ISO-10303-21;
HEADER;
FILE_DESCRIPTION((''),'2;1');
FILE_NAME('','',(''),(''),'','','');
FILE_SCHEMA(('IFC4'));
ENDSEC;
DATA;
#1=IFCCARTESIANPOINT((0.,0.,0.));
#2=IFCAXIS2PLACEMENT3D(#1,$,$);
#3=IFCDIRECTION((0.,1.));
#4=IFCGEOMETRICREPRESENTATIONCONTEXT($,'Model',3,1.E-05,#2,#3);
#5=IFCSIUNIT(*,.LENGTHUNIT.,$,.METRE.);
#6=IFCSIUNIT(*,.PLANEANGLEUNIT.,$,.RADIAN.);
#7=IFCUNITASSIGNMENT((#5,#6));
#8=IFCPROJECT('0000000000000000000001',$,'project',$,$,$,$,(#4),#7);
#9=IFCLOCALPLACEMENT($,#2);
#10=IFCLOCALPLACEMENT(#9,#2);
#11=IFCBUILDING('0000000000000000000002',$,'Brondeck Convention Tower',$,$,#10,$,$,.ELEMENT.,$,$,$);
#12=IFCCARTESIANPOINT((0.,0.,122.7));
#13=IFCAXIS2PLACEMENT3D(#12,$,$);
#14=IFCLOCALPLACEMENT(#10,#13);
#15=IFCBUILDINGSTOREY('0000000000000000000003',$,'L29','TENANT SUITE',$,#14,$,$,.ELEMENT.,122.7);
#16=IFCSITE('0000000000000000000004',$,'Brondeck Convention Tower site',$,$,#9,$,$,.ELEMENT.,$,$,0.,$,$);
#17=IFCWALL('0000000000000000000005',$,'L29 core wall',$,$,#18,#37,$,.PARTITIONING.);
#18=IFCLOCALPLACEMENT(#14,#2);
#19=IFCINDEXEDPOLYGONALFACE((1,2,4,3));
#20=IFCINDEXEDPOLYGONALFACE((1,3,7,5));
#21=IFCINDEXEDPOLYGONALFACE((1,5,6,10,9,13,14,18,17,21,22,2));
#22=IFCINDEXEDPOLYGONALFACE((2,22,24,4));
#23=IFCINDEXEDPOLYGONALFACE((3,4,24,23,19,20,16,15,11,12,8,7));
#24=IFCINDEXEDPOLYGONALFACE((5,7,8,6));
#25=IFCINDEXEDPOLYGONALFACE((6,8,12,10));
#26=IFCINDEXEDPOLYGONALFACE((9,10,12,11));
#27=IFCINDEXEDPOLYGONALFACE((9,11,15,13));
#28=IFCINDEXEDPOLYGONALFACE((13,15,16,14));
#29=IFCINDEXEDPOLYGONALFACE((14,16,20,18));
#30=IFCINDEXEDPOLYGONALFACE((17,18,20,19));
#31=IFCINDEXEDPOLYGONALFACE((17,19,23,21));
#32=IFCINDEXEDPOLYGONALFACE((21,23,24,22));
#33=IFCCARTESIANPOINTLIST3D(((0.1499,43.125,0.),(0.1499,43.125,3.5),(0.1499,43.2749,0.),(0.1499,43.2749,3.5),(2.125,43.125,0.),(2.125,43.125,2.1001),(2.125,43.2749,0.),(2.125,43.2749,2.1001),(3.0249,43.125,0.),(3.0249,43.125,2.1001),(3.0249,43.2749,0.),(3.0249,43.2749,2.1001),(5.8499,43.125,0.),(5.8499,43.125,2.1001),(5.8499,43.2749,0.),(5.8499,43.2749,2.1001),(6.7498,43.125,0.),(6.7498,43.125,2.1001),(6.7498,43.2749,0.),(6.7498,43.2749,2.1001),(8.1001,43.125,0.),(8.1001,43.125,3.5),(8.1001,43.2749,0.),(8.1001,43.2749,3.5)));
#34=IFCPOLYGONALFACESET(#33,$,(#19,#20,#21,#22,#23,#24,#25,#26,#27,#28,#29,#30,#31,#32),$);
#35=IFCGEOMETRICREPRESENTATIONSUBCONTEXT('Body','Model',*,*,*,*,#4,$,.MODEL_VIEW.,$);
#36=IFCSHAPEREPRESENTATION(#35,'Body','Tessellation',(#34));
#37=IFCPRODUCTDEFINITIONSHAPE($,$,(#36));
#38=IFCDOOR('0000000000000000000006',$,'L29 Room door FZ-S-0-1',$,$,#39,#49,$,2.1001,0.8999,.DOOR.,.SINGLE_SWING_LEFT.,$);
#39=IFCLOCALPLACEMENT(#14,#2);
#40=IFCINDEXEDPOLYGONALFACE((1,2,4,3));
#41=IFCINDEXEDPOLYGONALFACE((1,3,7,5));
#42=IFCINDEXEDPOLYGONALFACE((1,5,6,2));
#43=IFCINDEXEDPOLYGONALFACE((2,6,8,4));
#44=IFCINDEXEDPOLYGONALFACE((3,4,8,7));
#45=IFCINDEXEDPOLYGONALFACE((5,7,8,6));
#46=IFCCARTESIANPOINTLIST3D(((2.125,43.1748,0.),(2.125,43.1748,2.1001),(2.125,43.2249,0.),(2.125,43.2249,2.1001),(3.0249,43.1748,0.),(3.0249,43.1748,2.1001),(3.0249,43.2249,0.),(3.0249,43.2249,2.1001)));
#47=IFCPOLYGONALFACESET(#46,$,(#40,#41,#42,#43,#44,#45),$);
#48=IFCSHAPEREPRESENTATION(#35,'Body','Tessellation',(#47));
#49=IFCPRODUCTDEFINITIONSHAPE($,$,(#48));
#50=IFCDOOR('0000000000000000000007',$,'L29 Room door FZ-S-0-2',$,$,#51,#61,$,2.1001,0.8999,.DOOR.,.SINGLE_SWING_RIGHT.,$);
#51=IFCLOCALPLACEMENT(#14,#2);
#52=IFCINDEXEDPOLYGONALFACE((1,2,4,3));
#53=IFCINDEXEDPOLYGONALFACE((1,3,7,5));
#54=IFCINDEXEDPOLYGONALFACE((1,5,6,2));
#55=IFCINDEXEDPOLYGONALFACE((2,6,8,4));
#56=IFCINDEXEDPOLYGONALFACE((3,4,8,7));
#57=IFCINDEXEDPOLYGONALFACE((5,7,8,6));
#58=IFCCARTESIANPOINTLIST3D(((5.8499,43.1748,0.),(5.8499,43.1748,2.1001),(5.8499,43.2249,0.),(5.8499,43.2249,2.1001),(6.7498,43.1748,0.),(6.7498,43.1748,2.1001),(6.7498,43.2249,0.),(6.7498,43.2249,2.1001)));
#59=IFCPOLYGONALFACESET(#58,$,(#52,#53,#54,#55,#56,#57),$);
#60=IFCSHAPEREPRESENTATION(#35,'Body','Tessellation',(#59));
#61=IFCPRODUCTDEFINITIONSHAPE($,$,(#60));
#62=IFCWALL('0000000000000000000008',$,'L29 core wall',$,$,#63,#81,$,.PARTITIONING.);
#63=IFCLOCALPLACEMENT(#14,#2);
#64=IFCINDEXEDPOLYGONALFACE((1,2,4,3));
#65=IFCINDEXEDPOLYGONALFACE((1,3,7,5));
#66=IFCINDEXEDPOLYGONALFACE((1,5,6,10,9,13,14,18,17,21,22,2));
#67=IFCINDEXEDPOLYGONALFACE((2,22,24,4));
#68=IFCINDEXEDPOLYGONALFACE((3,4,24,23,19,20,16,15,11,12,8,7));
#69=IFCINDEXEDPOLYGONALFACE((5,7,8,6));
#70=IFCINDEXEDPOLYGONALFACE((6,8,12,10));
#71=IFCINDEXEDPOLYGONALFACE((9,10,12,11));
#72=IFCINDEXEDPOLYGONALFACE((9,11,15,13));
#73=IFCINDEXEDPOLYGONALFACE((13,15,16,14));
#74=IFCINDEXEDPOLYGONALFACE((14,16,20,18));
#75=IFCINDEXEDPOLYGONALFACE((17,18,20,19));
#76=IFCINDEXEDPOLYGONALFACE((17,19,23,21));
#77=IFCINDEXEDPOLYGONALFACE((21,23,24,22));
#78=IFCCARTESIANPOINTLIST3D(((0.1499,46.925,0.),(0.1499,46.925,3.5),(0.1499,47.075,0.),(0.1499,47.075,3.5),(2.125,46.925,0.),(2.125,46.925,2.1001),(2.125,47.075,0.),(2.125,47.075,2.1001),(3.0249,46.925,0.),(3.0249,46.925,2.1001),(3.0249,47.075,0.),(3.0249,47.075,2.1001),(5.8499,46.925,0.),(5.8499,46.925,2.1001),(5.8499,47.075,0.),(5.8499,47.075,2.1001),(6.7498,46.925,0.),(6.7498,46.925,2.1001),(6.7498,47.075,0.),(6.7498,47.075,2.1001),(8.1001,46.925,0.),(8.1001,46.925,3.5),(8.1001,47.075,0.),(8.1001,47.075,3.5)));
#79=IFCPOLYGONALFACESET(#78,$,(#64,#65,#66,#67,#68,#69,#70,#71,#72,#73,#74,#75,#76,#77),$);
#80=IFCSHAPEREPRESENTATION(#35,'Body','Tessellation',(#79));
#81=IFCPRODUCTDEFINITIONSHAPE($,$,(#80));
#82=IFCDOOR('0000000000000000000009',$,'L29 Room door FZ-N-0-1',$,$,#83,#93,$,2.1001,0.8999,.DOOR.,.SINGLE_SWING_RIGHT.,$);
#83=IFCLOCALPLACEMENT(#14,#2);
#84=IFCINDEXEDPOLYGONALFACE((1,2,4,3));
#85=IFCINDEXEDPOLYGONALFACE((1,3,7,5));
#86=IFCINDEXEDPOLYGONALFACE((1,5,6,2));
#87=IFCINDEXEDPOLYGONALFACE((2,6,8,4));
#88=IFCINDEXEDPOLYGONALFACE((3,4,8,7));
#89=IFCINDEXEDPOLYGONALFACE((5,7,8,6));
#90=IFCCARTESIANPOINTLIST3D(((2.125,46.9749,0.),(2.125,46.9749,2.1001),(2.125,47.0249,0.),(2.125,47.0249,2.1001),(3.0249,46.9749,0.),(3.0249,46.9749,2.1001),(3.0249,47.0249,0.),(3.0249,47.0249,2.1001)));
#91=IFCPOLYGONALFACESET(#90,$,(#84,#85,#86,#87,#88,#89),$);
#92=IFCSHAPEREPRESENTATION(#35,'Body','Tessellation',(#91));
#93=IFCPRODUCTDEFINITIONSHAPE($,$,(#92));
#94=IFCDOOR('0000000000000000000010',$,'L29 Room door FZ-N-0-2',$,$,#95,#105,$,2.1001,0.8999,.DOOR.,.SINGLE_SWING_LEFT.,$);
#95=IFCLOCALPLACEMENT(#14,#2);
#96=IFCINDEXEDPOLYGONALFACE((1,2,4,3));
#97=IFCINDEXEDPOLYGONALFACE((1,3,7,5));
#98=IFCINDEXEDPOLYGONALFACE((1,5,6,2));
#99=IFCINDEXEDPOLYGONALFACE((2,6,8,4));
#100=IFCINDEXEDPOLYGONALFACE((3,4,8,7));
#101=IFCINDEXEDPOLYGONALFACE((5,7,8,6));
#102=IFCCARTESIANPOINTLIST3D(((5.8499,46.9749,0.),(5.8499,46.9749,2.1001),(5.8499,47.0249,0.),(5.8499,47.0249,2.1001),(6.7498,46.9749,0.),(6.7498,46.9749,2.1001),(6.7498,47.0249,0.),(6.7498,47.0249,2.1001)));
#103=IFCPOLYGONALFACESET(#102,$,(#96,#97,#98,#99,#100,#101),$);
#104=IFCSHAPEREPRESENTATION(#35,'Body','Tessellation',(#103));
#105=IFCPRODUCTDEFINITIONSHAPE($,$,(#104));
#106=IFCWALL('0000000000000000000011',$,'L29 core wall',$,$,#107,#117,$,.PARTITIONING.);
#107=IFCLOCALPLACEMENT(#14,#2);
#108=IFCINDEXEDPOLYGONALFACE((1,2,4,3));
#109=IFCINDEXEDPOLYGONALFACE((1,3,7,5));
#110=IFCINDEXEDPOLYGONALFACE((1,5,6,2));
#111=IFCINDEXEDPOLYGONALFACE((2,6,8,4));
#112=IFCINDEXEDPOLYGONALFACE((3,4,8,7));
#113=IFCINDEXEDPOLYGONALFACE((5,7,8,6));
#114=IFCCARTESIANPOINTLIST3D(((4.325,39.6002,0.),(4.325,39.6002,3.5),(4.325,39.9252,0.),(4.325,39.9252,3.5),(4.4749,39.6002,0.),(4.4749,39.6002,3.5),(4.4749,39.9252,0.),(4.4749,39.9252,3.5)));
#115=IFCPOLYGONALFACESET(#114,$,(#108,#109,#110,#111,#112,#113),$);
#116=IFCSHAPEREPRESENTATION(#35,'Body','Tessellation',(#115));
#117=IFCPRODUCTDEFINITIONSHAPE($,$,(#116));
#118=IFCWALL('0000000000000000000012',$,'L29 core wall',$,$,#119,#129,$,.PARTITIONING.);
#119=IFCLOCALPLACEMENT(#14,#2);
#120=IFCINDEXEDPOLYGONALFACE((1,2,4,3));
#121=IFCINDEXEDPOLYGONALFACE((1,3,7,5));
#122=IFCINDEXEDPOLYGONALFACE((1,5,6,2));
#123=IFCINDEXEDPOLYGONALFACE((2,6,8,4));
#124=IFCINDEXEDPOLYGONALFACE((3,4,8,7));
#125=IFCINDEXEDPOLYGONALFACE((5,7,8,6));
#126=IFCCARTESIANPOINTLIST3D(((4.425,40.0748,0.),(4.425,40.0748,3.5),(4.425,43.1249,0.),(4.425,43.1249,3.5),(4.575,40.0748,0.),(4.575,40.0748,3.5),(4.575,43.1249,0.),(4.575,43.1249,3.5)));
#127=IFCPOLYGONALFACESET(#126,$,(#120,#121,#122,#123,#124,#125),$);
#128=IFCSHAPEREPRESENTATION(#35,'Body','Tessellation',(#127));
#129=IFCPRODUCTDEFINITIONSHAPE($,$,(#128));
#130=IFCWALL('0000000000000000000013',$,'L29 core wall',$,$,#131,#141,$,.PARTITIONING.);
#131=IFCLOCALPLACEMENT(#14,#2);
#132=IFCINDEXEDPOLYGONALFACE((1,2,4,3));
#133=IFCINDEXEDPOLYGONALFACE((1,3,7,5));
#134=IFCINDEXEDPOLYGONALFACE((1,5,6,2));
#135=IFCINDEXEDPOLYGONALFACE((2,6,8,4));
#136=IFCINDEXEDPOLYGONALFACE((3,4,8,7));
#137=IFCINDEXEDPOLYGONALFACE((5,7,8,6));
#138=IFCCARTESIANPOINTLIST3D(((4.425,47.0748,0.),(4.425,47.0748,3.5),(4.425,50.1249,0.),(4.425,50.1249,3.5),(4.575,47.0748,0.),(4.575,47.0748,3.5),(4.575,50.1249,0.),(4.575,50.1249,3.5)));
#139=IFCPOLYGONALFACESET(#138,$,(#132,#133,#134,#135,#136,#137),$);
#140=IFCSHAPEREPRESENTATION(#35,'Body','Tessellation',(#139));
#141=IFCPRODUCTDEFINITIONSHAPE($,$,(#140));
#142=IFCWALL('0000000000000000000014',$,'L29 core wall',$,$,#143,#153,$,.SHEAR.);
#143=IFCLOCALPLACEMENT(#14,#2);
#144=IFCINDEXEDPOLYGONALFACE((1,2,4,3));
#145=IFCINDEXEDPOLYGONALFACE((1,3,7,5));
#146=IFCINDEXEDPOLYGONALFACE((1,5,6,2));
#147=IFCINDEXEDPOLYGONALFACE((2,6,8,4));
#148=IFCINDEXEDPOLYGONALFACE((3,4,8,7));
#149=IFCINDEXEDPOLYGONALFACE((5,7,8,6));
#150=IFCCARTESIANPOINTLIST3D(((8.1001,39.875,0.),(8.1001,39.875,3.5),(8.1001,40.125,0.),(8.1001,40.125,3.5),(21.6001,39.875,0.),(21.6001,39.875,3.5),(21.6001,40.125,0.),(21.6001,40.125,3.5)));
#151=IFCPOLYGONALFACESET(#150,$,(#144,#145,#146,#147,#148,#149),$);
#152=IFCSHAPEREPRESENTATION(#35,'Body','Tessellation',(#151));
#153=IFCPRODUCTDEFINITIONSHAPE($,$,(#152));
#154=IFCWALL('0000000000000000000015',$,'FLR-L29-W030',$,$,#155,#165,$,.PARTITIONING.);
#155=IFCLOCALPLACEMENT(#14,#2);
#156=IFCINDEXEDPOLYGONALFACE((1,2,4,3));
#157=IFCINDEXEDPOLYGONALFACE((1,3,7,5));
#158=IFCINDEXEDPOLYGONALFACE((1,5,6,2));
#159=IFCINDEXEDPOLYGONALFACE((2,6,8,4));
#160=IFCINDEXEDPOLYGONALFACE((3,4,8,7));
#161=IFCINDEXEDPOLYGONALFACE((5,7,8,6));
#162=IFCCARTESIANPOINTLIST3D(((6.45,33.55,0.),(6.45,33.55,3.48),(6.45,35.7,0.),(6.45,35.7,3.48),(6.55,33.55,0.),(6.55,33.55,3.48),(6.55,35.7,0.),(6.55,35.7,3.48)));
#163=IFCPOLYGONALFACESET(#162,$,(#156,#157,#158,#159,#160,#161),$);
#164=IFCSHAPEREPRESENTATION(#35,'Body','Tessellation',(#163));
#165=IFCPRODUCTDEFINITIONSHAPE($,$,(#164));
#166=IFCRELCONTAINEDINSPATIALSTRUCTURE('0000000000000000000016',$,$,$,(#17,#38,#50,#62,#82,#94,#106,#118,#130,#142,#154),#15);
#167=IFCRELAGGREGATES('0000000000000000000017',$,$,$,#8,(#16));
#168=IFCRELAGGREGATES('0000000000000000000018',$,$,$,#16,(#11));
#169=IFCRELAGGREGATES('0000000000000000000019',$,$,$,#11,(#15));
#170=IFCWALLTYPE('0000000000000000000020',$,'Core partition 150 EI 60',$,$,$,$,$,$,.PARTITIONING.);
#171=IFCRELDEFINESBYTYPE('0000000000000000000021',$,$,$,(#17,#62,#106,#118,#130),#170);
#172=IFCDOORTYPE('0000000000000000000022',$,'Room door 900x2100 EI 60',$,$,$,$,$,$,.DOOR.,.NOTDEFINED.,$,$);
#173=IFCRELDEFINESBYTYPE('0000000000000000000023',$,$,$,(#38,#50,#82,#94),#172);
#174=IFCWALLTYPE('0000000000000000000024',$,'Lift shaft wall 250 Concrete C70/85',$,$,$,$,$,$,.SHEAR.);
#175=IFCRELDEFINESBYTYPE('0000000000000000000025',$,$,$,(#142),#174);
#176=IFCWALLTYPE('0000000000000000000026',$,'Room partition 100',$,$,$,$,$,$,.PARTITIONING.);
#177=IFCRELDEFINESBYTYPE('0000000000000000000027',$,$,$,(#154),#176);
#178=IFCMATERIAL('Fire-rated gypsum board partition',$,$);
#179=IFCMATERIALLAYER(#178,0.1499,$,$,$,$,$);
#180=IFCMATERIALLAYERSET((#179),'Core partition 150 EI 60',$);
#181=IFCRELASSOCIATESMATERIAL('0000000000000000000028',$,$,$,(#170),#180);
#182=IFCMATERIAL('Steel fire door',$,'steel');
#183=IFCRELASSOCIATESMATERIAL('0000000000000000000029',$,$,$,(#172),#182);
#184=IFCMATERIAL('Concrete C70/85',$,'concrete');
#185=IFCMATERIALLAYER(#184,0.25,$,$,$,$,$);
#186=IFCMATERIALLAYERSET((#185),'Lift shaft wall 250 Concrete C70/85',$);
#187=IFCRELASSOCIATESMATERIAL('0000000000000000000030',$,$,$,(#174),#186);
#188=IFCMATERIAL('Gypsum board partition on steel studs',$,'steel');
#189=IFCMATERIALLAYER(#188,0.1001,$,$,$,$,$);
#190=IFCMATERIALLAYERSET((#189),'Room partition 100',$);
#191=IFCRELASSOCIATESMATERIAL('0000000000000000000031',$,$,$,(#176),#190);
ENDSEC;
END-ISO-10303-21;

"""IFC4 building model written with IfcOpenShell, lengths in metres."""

from ifc_helpers import new_model, si_unit, direction, frame, frame_2d, origin, place, context, subcontext, project, spatial, rectangle, extrude, material, layer, layer_set, type_object, element, fill, save


model = new_model("IFC4")

# Units and contexts
model_context = context("Model", 3, precision=1e-05, world=origin(), true_north=direction((0.0, 1.0)))
body_context = subcontext(model_context, "Body", "Model", "MODEL_VIEW")
ifc_project = project(units=[si_unit("LENGTHUNIT", "METRE"), si_unit("PLANEANGLEUNIT", "RADIAN")], contexts=[model_context])

# Site, building, storey
site_placement = place(None, origin())
site = spatial("IfcSite", under=ifc_project, at=site_placement, Name="Brondeck Convention Tower site", CompositionType="ELEMENT", RefElevation=0.0)
building_placement = place(site_placement, origin())
building = spatial("IfcBuilding", under=site, at=building_placement, Name="Brondeck Convention Tower", CompositionType="ELEMENT")
storey_placement = place(building_placement, frame((0.0, 0.0, 122.7)))
storey = spatial("IfcBuildingStorey", under=building, at=storey_placement, Name="L29", Description="TENANT SUITE", CompositionType="ELEMENT", Elevation=122.7)

# Shared definitions
ifc_material_1 = material(Name="Concrete C70/85", Category="concrete")

# Shared definitions
ifc_material_2 = material(Name="Fire-rated gypsum board partition")
ifc_layer_1 = layer(ifc_material_2, 0.1499)
ifc_layer_set_1 = layer_set([ifc_layer_1], Name="Core partition 150 EI 60")
wall_type_1 = type_object("IfcWallType", Name="Core partition 150 EI 60", PredefinedType="PARTITIONING", material=ifc_layer_set_1)
ifc_material_3 = material(Name="Steel fire door", Category="steel")
door_type_1 = type_object("IfcDoorType", Name="Room door 900x2100 EI 60", OperationType="NOTDEFINED", PredefinedType="DOOR", material=ifc_material_3)

# Walls, openings, doors
wall_1_placement = place(storey_placement, frame((0.1499, 43.2, 0.0), z_axis=(0.0, 0.0, 1.0), x_axis=(1.0, 0.0, 0.0)))
wall_1 = element("IfcWall", 1, at=wall_1_placement, inside=storey, type_object=wall_type_1, Name="L29 core wall", PredefinedType="PARTITIONING", context=body_context, shape_type="SweptSolid", body=[
    extrude(rectangle(XDim=7.9502, YDim=0.1499, at=frame_2d((3.9751, 0.0))), origin(), (0.0, 0.0, 1.0), 3.5),
])
opening_1_placement = place(wall_1_placement, frame((1.9751, 0.0, 0.0)))
opening_1 = element("IfcOpeningElement", 2, at=opening_1_placement, cuts=wall_1, PredefinedType="OPENING", context=body_context, shape_type="SweptSolid", body=[
    extrude(rectangle(XDim=0.8999, YDim=2.1001, at=frame_2d((0.45, 1.05))), frame((0.0, 0.085, 0.0), z_axis=(0.0, -1.0, 0.0), x_axis=(1.0, 0.0, 0.0)), (0.0, 0.0, 1.0), 0.1699),
])
opening_2_placement = place(wall_1_placement, frame((5.7, 0.0, 0.0)))
opening_2 = element("IfcOpeningElement", 3, at=opening_2_placement, cuts=wall_1, PredefinedType="OPENING", context=body_context, shape_type="SweptSolid", body=[
    extrude(rectangle(XDim=0.8999, YDim=2.1001, at=frame_2d((0.45, 1.05))), frame((0.0, 0.085, 0.0), z_axis=(0.0, -1.0, 0.0), x_axis=(1.0, 0.0, 0.0)), (0.0, 0.0, 1.0), 0.1699),
])
door_1_placement = place(opening_1_placement, origin())
door_1 = element("IfcDoor", 4, at=door_1_placement, inside=storey, type_object=door_type_1, Name="L29 Room door FZ-S-0-1", OperationType="SINGLE_SWING_LEFT", OverallHeight=2.1001, OverallWidth=0.8999, PredefinedType="DOOR", context=body_context, shape_type="SweptSolid", body=[
    extrude(rectangle(XDim=0.8999, YDim=2.1001, at=frame_2d((0.45, 1.05))), frame((0.0, 0.0249, 0.0), z_axis=(0.0, -1.0, 0.0), x_axis=(1.0, 0.0, 0.0)), (0.0, 0.0, 1.0), 0.05),
])
fill(opening_1, door_1)
door_2_placement = place(opening_2_placement, origin())
door_2 = element("IfcDoor", 5, at=door_2_placement, inside=storey, type_object=door_type_1, Name="L29 Room door FZ-S-0-2", OperationType="SINGLE_SWING_RIGHT", OverallHeight=2.1001, OverallWidth=0.8999, PredefinedType="DOOR", context=body_context, shape_type="SweptSolid", body=[
    extrude(rectangle(XDim=0.8999, YDim=2.1001, at=frame_2d((0.45, 1.05))), frame((0.0, 0.0249, 0.0), z_axis=(0.0, -1.0, 0.0), x_axis=(1.0, 0.0, 0.0)), (0.0, 0.0, 1.0), 0.05),
])
fill(opening_2, door_2)
wall_2_placement = place(storey_placement, frame((0.1499, 47.0, 0.0), z_axis=(0.0, 0.0, 1.0), x_axis=(1.0, 0.0, 0.0)))
wall_2 = element("IfcWall", 6, at=wall_2_placement, inside=storey, type_object=wall_type_1, Name="L29 core wall", PredefinedType="PARTITIONING", context=body_context, shape_type="SweptSolid", body=[
    extrude(rectangle(XDim=7.9502, YDim=0.1499, at=frame_2d((3.9751, 0.0))), origin(), (0.0, 0.0, 1.0), 3.5),
])
opening_3_placement = place(wall_2_placement, frame((1.9751, 0.0, 0.0)))
opening_3 = element("IfcOpeningElement", 7, at=opening_3_placement, cuts=wall_2, PredefinedType="OPENING", context=body_context, shape_type="SweptSolid", body=[
    extrude(rectangle(XDim=0.8999, YDim=2.1001, at=frame_2d((0.45, 1.05))), frame((0.0, 0.085, 0.0), z_axis=(0.0, -1.0, 0.0), x_axis=(1.0, 0.0, 0.0)), (0.0, 0.0, 1.0), 0.1699),
])
opening_4_placement = place(wall_2_placement, frame((5.7, 0.0, 0.0)))
opening_4 = element("IfcOpeningElement", 8, at=opening_4_placement, cuts=wall_2, PredefinedType="OPENING", context=body_context, shape_type="SweptSolid", body=[
    extrude(rectangle(XDim=0.8999, YDim=2.1001, at=frame_2d((0.45, 1.05))), frame((0.0, 0.085, 0.0), z_axis=(0.0, -1.0, 0.0), x_axis=(1.0, 0.0, 0.0)), (0.0, 0.0, 1.0), 0.1699),
])
door_3_placement = place(opening_3_placement, origin())
door_3 = element("IfcDoor", 9, at=door_3_placement, inside=storey, type_object=door_type_1, Name="L29 Room door FZ-N-0-1", OperationType="SINGLE_SWING_RIGHT", OverallHeight=2.1001, OverallWidth=0.8999, PredefinedType="DOOR", context=body_context, shape_type="SweptSolid", body=[
    extrude(rectangle(XDim=0.8999, YDim=2.1001, at=frame_2d((0.45, 1.05))), frame((0.0, 0.0249, 0.0), z_axis=(0.0, -1.0, 0.0), x_axis=(1.0, 0.0, 0.0)), (0.0, 0.0, 1.0), 0.05),
])
fill(opening_3, door_3)
door_4_placement = place(opening_4_placement, origin())
door_4 = element("IfcDoor", 10, at=door_4_placement, inside=storey, type_object=door_type_1, Name="L29 Room door FZ-N-0-2", OperationType="SINGLE_SWING_LEFT", OverallHeight=2.1001, OverallWidth=0.8999, PredefinedType="DOOR", context=body_context, shape_type="SweptSolid", body=[
    extrude(rectangle(XDim=0.8999, YDim=2.1001, at=frame_2d((0.45, 1.05))), frame((0.0, 0.0249, 0.0), z_axis=(0.0, -1.0, 0.0), x_axis=(1.0, 0.0, 0.0)), (0.0, 0.0, 1.0), 0.05),
])
fill(opening_4, door_4)

# Walls
wall_3_placement = place(storey_placement, frame((4.3999, 39.6001, 0.0), z_axis=(0.0, 0.0, 1.0), x_axis=(0.0, 1.0, 0.0)))
element("IfcWall", 11, at=wall_3_placement, inside=storey, type_object=wall_type_1, Name="L29 core wall", PredefinedType="PARTITIONING", context=body_context, shape_type="SweptSolid", body=[
    extrude(rectangle(XDim=0.325, YDim=0.1499, at=frame_2d((0.1626, 0.0))), origin(), (0.0, 0.0, 1.0), 3.5),
])
for number, where, z_axis, x_axis, name in (
    (12, (4.5, 40.075, 0.0), (0.0, 0.0, 1.0), (0.0, 1.0, 0.0), "L29 core wall"),
    (13, (4.5, 47.075, 0.0), (0.0, 0.0, 1.0), (0.0, 1.0, 0.0), "L29 core wall"),
):
    element("IfcWall", number, at=place(storey_placement, frame(where, z_axis=z_axis, x_axis=x_axis)), inside=storey, type_object=wall_type_1, Name=name, PredefinedType="PARTITIONING", context=body_context, shape_type="SweptSolid", body=[
        extrude(rectangle(XDim=3.05, YDim=0.1499, at=frame_2d((1.5249, 0.0))), origin(), (0.0, 0.0, 1.0), 3.5),
    ])
ifc_layer_2 = layer(ifc_material_1, 0.25)
ifc_layer_set_2 = layer_set([ifc_layer_2], Name="Lift shaft wall 250 Concrete C70/85")
wall_type_2 = type_object("IfcWallType", Name="Lift shaft wall 250 Concrete C70/85", PredefinedType="SHEAR", material=ifc_layer_set_2)
wall_4_placement = place(storey_placement, frame((8.1001, 40.0, 0.0), z_axis=(0.0, 0.0, 1.0), x_axis=(1.0, 0.0, 0.0)))
element("IfcWall", 14, at=wall_4_placement, inside=storey, type_object=wall_type_2, Name="L29 core wall", PredefinedType="SHEAR", context=body_context, shape_type="SweptSolid", body=[
    extrude(rectangle(XDim=13.5, YDim=0.25, at=frame_2d((6.75, 0.0))), origin(), (0.0, 0.0, 1.0), 3.5),
])
ifc_material_4 = material(Name="Gypsum board partition on steel studs", Category="steel")
ifc_layer_3 = layer(ifc_material_4, 0.1001)
ifc_layer_set_3 = layer_set([ifc_layer_3], Name="Room partition 100")
wall_type_3 = type_object("IfcWallType", Name="Room partition 100", PredefinedType="PARTITIONING", material=ifc_layer_set_3)
wall_5_placement = place(storey_placement, frame((6.5, 33.55, 0.0), z_axis=(0.0, 0.0, 1.0), x_axis=(0.0, 1.0, 0.0)))
element("IfcWall", 15, at=wall_5_placement, inside=storey, type_object=wall_type_3, Name="FLR-L29-W030", PredefinedType="PARTITIONING", context=body_context, shape_type="SweptSolid", body=[
    extrude(rectangle(XDim=2.1499, YDim=0.1001, at=frame_2d((1.075, 0.0))), origin(), (0.0, 0.0, 1.0), 3.48),
])

save(model, "model.ifc")
